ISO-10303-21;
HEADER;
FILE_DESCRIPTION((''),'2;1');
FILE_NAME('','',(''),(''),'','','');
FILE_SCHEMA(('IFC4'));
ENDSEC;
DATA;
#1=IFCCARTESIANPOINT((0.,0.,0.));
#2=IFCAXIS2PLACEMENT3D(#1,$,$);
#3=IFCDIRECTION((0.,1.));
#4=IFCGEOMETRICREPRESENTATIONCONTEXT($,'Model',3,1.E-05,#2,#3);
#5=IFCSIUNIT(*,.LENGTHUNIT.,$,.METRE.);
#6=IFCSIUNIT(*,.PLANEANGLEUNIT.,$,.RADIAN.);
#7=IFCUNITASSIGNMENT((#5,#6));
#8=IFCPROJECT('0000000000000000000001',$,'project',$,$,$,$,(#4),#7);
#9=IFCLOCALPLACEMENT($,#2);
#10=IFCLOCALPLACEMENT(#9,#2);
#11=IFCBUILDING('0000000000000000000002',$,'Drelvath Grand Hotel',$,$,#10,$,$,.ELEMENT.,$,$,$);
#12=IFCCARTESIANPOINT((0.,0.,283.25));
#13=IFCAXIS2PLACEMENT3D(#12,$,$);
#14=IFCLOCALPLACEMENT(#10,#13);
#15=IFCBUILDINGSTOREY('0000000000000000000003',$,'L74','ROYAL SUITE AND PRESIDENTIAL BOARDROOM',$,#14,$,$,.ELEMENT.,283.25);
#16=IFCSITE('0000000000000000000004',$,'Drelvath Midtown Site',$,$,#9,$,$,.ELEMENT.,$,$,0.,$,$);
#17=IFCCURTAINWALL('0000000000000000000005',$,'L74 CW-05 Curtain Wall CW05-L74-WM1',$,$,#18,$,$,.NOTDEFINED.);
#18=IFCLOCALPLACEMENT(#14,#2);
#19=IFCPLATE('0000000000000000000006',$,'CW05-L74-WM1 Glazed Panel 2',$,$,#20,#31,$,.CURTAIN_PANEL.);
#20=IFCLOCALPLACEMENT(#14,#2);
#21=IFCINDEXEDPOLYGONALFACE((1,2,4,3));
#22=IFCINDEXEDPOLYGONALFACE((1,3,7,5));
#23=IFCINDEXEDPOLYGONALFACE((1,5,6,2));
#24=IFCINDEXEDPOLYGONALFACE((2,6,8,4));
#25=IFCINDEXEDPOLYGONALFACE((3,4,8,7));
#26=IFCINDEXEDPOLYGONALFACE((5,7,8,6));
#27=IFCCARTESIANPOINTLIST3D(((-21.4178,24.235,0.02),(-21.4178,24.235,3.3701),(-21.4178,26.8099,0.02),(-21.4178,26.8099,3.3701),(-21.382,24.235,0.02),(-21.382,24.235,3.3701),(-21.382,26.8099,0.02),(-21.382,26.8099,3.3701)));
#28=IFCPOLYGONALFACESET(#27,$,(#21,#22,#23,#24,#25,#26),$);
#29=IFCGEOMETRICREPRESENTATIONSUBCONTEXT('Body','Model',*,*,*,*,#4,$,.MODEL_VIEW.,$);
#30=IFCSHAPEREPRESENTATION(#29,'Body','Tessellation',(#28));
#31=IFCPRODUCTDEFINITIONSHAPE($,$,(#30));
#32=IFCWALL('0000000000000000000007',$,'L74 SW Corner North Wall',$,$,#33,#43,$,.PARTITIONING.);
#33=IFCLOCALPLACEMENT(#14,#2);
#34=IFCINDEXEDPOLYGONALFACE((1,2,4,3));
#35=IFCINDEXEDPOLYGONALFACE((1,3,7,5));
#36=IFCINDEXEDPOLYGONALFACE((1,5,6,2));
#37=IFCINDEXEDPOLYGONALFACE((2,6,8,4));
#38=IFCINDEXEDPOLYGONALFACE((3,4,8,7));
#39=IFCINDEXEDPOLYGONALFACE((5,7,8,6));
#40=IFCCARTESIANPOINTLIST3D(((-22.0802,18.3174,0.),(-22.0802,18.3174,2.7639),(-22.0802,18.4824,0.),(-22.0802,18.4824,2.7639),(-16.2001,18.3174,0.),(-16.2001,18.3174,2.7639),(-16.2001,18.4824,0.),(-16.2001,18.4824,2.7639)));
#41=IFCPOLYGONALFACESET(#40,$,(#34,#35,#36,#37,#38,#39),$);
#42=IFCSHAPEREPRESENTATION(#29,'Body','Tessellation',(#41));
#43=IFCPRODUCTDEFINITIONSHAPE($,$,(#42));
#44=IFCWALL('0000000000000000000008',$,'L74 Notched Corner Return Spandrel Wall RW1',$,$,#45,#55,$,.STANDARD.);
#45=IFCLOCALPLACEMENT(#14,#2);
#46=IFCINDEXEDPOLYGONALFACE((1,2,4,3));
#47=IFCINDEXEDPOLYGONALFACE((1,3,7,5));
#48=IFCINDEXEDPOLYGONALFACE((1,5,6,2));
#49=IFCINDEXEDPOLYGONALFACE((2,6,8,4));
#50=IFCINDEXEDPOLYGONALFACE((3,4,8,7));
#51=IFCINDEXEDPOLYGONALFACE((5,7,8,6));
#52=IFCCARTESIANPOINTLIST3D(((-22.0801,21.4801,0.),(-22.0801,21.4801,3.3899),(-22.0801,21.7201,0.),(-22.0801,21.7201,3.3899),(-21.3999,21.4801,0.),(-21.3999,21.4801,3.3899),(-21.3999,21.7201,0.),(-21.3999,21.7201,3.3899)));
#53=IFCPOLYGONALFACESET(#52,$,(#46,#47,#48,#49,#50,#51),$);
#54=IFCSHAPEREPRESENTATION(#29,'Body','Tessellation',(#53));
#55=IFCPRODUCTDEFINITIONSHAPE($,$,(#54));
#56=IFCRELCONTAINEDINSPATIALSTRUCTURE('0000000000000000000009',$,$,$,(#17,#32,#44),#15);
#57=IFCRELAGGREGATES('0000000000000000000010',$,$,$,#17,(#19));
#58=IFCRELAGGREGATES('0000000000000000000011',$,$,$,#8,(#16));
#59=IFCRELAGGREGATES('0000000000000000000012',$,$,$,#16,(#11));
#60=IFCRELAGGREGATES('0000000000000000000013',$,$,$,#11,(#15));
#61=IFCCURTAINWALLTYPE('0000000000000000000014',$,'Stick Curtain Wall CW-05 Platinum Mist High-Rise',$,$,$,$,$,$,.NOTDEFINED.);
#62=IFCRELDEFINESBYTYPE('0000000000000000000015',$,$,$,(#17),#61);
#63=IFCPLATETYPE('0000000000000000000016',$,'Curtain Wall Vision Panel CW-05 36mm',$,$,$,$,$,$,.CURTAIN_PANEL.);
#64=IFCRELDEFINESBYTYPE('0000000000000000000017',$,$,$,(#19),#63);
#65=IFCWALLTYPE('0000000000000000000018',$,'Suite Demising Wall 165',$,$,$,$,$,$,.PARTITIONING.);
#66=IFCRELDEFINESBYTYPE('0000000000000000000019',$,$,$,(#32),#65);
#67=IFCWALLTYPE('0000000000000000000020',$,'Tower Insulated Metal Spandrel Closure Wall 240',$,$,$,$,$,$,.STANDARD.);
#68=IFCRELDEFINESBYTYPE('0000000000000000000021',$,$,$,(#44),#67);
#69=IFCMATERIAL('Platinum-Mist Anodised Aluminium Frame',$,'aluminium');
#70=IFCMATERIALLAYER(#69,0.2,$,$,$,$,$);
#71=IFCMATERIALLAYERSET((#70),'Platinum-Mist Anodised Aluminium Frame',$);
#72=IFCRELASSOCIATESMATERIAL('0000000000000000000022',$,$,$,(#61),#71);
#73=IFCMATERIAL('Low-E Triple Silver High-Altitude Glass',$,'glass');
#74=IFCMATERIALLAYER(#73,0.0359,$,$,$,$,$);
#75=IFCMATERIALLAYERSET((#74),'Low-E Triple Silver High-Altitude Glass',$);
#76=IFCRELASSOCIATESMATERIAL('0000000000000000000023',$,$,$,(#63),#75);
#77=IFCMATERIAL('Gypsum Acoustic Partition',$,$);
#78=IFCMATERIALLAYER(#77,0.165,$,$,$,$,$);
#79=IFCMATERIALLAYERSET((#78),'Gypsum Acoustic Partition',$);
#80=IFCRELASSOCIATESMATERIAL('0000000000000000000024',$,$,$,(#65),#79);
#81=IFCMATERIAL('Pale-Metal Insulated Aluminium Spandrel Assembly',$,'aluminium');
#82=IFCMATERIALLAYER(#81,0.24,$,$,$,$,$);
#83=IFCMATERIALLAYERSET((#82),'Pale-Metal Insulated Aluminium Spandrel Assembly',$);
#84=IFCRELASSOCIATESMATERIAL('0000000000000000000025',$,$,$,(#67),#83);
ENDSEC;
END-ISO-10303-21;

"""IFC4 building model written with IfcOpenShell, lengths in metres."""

from ifc_helpers import new_model, si_unit, direction, frame, frame_2d, origin, origin_2d, place, context, subcontext, project, spatial, rectangle, extrude, material, layer, layer_set, type_object, element, aggregate, save


model = new_model("IFC4")

# Units and contexts
model_context = context("Model", 3, precision=1e-05, world=origin(), true_north=direction((0.0, 1.0)))
body_context = subcontext(model_context, "Body", "Model", "MODEL_VIEW")
ifc_project = project(units=[si_unit("LENGTHUNIT", "METRE"), si_unit("PLANEANGLEUNIT", "RADIAN")], contexts=[model_context])

# Site, building, storey
site_placement = place(None, origin())
site = spatial("IfcSite", under=ifc_project, at=site_placement, Name="Drelvath Midtown Site", CompositionType="ELEMENT", RefElevation=0.0)
building_placement = place(site_placement, origin())
building = spatial("IfcBuilding", under=site, at=building_placement, Name="Drelvath Grand Hotel", CompositionType="ELEMENT")
storey_placement = place(building_placement, frame((0.0, 0.0, 283.25)))
storey = spatial("IfcBuildingStorey", under=building, at=storey_placement, Name="L74", Description="ROYAL SUITE AND PRESIDENTIAL BOARDROOM", CompositionType="ELEMENT", Elevation=283.25)

# Curtain wall
ifc_material_1 = material(Name="Platinum-Mist Anodised Aluminium Frame", Category="aluminium")
ifc_layer_1 = layer(ifc_material_1, 0.2)
ifc_layer_set_1 = layer_set([ifc_layer_1], Name="Platinum-Mist Anodised Aluminium Frame")
curtain_wall_type = type_object("IfcCurtainWallType", Name="Stick Curtain Wall CW-05 Platinum Mist High-Rise", PredefinedType="NOTDEFINED", material=ifc_layer_set_1)
curtain_wall_1_placement = place(storey_placement, origin())
curtain_wall_1 = element("IfcCurtainWall", 1, at=curtain_wall_1_placement, inside=storey, type_object=curtain_wall_type, Name="L74 CW-05 Curtain Wall CW05-L74-WM1", PredefinedType="NOTDEFINED")

# Plate
ifc_material_2 = material(Name="Low-E Triple Silver High-Altitude Glass", Category="glass")
ifc_layer_2 = layer(ifc_material_2, 0.0359)
ifc_layer_set_2 = layer_set([ifc_layer_2], Name="Low-E Triple Silver High-Altitude Glass")
plate_type = type_object("IfcPlateType", Name="Curtain Wall Vision Panel CW-05 36mm", PredefinedType="CURTAIN_PANEL", material=ifc_layer_set_2)
plate_1_placement = place(storey_placement, frame((-21.3999, 25.5225, 0.02), z_axis=(0.0, 0.0, 1.0), x_axis=(0.0, 1.0, 0.0)))
plate_1 = element("IfcPlate", 2, at=plate_1_placement, type_object=plate_type, Name="CW05-L74-WM1 Glazed Panel 2", PredefinedType="CURTAIN_PANEL", context=body_context, shape_type="SweptSolid", body=[
    extrude(rectangle(XDim=2.575, YDim=0.0359, at=origin_2d()), origin(), (0.0, 0.0, 1.0), 3.3501),
])
aggregate(curtain_wall_1, [plate_1])

# Walls
ifc_material_3 = material(Name="Gypsum Acoustic Partition")
ifc_layer_3 = layer(ifc_material_3, 0.165)
ifc_layer_set_3 = layer_set([ifc_layer_3], Name="Gypsum Acoustic Partition")
wall_type_1 = type_object("IfcWallType", Name="Suite Demising Wall 165", PredefinedType="PARTITIONING", material=ifc_layer_set_3)
wall_1_placement = place(storey_placement, frame((-22.0801, 18.3999, 0.0), z_axis=(0.0, 0.0, 1.0), x_axis=(1.0, 0.0, 0.0)))
element("IfcWall", 3, at=wall_1_placement, inside=storey, type_object=wall_type_1, Name="L74 SW Corner North Wall", PredefinedType="PARTITIONING", context=body_context, shape_type="SweptSolid", body=[
    extrude(rectangle(XDim=5.8801, YDim=0.165, at=frame_2d((2.9399, 0.0))), origin(), (0.0, 0.0, 1.0), 2.7639),
])
ifc_material_4 = material(Name="Pale-Metal Insulated Aluminium Spandrel Assembly", Category="aluminium")
ifc_layer_4 = layer(ifc_material_4, 0.24)
ifc_layer_set_4 = layer_set([ifc_layer_4], Name="Pale-Metal Insulated Aluminium Spandrel Assembly")
wall_type_2 = type_object("IfcWallType", Name="Tower Insulated Metal Spandrel Closure Wall 240", PredefinedType="STANDARD", material=ifc_layer_set_4)
wall_2_placement = place(storey_placement, frame((-22.0801, 21.6001, 0.0), z_axis=(0.0, 0.0, 1.0), x_axis=(1.0, 0.0, 0.0)))
element("IfcWall", 4, at=wall_2_placement, inside=storey, type_object=wall_type_2, Name="L74 Notched Corner Return Spandrel Wall RW1", PredefinedType="STANDARD", context=body_context, shape_type="SweptSolid", body=[
    extrude(rectangle(XDim=0.6802, YDim=0.24, at=frame_2d((0.3401, 0.0))), origin(), (0.0, 0.0, 1.0), 3.3899),
])

save(model, "model.ifc")
